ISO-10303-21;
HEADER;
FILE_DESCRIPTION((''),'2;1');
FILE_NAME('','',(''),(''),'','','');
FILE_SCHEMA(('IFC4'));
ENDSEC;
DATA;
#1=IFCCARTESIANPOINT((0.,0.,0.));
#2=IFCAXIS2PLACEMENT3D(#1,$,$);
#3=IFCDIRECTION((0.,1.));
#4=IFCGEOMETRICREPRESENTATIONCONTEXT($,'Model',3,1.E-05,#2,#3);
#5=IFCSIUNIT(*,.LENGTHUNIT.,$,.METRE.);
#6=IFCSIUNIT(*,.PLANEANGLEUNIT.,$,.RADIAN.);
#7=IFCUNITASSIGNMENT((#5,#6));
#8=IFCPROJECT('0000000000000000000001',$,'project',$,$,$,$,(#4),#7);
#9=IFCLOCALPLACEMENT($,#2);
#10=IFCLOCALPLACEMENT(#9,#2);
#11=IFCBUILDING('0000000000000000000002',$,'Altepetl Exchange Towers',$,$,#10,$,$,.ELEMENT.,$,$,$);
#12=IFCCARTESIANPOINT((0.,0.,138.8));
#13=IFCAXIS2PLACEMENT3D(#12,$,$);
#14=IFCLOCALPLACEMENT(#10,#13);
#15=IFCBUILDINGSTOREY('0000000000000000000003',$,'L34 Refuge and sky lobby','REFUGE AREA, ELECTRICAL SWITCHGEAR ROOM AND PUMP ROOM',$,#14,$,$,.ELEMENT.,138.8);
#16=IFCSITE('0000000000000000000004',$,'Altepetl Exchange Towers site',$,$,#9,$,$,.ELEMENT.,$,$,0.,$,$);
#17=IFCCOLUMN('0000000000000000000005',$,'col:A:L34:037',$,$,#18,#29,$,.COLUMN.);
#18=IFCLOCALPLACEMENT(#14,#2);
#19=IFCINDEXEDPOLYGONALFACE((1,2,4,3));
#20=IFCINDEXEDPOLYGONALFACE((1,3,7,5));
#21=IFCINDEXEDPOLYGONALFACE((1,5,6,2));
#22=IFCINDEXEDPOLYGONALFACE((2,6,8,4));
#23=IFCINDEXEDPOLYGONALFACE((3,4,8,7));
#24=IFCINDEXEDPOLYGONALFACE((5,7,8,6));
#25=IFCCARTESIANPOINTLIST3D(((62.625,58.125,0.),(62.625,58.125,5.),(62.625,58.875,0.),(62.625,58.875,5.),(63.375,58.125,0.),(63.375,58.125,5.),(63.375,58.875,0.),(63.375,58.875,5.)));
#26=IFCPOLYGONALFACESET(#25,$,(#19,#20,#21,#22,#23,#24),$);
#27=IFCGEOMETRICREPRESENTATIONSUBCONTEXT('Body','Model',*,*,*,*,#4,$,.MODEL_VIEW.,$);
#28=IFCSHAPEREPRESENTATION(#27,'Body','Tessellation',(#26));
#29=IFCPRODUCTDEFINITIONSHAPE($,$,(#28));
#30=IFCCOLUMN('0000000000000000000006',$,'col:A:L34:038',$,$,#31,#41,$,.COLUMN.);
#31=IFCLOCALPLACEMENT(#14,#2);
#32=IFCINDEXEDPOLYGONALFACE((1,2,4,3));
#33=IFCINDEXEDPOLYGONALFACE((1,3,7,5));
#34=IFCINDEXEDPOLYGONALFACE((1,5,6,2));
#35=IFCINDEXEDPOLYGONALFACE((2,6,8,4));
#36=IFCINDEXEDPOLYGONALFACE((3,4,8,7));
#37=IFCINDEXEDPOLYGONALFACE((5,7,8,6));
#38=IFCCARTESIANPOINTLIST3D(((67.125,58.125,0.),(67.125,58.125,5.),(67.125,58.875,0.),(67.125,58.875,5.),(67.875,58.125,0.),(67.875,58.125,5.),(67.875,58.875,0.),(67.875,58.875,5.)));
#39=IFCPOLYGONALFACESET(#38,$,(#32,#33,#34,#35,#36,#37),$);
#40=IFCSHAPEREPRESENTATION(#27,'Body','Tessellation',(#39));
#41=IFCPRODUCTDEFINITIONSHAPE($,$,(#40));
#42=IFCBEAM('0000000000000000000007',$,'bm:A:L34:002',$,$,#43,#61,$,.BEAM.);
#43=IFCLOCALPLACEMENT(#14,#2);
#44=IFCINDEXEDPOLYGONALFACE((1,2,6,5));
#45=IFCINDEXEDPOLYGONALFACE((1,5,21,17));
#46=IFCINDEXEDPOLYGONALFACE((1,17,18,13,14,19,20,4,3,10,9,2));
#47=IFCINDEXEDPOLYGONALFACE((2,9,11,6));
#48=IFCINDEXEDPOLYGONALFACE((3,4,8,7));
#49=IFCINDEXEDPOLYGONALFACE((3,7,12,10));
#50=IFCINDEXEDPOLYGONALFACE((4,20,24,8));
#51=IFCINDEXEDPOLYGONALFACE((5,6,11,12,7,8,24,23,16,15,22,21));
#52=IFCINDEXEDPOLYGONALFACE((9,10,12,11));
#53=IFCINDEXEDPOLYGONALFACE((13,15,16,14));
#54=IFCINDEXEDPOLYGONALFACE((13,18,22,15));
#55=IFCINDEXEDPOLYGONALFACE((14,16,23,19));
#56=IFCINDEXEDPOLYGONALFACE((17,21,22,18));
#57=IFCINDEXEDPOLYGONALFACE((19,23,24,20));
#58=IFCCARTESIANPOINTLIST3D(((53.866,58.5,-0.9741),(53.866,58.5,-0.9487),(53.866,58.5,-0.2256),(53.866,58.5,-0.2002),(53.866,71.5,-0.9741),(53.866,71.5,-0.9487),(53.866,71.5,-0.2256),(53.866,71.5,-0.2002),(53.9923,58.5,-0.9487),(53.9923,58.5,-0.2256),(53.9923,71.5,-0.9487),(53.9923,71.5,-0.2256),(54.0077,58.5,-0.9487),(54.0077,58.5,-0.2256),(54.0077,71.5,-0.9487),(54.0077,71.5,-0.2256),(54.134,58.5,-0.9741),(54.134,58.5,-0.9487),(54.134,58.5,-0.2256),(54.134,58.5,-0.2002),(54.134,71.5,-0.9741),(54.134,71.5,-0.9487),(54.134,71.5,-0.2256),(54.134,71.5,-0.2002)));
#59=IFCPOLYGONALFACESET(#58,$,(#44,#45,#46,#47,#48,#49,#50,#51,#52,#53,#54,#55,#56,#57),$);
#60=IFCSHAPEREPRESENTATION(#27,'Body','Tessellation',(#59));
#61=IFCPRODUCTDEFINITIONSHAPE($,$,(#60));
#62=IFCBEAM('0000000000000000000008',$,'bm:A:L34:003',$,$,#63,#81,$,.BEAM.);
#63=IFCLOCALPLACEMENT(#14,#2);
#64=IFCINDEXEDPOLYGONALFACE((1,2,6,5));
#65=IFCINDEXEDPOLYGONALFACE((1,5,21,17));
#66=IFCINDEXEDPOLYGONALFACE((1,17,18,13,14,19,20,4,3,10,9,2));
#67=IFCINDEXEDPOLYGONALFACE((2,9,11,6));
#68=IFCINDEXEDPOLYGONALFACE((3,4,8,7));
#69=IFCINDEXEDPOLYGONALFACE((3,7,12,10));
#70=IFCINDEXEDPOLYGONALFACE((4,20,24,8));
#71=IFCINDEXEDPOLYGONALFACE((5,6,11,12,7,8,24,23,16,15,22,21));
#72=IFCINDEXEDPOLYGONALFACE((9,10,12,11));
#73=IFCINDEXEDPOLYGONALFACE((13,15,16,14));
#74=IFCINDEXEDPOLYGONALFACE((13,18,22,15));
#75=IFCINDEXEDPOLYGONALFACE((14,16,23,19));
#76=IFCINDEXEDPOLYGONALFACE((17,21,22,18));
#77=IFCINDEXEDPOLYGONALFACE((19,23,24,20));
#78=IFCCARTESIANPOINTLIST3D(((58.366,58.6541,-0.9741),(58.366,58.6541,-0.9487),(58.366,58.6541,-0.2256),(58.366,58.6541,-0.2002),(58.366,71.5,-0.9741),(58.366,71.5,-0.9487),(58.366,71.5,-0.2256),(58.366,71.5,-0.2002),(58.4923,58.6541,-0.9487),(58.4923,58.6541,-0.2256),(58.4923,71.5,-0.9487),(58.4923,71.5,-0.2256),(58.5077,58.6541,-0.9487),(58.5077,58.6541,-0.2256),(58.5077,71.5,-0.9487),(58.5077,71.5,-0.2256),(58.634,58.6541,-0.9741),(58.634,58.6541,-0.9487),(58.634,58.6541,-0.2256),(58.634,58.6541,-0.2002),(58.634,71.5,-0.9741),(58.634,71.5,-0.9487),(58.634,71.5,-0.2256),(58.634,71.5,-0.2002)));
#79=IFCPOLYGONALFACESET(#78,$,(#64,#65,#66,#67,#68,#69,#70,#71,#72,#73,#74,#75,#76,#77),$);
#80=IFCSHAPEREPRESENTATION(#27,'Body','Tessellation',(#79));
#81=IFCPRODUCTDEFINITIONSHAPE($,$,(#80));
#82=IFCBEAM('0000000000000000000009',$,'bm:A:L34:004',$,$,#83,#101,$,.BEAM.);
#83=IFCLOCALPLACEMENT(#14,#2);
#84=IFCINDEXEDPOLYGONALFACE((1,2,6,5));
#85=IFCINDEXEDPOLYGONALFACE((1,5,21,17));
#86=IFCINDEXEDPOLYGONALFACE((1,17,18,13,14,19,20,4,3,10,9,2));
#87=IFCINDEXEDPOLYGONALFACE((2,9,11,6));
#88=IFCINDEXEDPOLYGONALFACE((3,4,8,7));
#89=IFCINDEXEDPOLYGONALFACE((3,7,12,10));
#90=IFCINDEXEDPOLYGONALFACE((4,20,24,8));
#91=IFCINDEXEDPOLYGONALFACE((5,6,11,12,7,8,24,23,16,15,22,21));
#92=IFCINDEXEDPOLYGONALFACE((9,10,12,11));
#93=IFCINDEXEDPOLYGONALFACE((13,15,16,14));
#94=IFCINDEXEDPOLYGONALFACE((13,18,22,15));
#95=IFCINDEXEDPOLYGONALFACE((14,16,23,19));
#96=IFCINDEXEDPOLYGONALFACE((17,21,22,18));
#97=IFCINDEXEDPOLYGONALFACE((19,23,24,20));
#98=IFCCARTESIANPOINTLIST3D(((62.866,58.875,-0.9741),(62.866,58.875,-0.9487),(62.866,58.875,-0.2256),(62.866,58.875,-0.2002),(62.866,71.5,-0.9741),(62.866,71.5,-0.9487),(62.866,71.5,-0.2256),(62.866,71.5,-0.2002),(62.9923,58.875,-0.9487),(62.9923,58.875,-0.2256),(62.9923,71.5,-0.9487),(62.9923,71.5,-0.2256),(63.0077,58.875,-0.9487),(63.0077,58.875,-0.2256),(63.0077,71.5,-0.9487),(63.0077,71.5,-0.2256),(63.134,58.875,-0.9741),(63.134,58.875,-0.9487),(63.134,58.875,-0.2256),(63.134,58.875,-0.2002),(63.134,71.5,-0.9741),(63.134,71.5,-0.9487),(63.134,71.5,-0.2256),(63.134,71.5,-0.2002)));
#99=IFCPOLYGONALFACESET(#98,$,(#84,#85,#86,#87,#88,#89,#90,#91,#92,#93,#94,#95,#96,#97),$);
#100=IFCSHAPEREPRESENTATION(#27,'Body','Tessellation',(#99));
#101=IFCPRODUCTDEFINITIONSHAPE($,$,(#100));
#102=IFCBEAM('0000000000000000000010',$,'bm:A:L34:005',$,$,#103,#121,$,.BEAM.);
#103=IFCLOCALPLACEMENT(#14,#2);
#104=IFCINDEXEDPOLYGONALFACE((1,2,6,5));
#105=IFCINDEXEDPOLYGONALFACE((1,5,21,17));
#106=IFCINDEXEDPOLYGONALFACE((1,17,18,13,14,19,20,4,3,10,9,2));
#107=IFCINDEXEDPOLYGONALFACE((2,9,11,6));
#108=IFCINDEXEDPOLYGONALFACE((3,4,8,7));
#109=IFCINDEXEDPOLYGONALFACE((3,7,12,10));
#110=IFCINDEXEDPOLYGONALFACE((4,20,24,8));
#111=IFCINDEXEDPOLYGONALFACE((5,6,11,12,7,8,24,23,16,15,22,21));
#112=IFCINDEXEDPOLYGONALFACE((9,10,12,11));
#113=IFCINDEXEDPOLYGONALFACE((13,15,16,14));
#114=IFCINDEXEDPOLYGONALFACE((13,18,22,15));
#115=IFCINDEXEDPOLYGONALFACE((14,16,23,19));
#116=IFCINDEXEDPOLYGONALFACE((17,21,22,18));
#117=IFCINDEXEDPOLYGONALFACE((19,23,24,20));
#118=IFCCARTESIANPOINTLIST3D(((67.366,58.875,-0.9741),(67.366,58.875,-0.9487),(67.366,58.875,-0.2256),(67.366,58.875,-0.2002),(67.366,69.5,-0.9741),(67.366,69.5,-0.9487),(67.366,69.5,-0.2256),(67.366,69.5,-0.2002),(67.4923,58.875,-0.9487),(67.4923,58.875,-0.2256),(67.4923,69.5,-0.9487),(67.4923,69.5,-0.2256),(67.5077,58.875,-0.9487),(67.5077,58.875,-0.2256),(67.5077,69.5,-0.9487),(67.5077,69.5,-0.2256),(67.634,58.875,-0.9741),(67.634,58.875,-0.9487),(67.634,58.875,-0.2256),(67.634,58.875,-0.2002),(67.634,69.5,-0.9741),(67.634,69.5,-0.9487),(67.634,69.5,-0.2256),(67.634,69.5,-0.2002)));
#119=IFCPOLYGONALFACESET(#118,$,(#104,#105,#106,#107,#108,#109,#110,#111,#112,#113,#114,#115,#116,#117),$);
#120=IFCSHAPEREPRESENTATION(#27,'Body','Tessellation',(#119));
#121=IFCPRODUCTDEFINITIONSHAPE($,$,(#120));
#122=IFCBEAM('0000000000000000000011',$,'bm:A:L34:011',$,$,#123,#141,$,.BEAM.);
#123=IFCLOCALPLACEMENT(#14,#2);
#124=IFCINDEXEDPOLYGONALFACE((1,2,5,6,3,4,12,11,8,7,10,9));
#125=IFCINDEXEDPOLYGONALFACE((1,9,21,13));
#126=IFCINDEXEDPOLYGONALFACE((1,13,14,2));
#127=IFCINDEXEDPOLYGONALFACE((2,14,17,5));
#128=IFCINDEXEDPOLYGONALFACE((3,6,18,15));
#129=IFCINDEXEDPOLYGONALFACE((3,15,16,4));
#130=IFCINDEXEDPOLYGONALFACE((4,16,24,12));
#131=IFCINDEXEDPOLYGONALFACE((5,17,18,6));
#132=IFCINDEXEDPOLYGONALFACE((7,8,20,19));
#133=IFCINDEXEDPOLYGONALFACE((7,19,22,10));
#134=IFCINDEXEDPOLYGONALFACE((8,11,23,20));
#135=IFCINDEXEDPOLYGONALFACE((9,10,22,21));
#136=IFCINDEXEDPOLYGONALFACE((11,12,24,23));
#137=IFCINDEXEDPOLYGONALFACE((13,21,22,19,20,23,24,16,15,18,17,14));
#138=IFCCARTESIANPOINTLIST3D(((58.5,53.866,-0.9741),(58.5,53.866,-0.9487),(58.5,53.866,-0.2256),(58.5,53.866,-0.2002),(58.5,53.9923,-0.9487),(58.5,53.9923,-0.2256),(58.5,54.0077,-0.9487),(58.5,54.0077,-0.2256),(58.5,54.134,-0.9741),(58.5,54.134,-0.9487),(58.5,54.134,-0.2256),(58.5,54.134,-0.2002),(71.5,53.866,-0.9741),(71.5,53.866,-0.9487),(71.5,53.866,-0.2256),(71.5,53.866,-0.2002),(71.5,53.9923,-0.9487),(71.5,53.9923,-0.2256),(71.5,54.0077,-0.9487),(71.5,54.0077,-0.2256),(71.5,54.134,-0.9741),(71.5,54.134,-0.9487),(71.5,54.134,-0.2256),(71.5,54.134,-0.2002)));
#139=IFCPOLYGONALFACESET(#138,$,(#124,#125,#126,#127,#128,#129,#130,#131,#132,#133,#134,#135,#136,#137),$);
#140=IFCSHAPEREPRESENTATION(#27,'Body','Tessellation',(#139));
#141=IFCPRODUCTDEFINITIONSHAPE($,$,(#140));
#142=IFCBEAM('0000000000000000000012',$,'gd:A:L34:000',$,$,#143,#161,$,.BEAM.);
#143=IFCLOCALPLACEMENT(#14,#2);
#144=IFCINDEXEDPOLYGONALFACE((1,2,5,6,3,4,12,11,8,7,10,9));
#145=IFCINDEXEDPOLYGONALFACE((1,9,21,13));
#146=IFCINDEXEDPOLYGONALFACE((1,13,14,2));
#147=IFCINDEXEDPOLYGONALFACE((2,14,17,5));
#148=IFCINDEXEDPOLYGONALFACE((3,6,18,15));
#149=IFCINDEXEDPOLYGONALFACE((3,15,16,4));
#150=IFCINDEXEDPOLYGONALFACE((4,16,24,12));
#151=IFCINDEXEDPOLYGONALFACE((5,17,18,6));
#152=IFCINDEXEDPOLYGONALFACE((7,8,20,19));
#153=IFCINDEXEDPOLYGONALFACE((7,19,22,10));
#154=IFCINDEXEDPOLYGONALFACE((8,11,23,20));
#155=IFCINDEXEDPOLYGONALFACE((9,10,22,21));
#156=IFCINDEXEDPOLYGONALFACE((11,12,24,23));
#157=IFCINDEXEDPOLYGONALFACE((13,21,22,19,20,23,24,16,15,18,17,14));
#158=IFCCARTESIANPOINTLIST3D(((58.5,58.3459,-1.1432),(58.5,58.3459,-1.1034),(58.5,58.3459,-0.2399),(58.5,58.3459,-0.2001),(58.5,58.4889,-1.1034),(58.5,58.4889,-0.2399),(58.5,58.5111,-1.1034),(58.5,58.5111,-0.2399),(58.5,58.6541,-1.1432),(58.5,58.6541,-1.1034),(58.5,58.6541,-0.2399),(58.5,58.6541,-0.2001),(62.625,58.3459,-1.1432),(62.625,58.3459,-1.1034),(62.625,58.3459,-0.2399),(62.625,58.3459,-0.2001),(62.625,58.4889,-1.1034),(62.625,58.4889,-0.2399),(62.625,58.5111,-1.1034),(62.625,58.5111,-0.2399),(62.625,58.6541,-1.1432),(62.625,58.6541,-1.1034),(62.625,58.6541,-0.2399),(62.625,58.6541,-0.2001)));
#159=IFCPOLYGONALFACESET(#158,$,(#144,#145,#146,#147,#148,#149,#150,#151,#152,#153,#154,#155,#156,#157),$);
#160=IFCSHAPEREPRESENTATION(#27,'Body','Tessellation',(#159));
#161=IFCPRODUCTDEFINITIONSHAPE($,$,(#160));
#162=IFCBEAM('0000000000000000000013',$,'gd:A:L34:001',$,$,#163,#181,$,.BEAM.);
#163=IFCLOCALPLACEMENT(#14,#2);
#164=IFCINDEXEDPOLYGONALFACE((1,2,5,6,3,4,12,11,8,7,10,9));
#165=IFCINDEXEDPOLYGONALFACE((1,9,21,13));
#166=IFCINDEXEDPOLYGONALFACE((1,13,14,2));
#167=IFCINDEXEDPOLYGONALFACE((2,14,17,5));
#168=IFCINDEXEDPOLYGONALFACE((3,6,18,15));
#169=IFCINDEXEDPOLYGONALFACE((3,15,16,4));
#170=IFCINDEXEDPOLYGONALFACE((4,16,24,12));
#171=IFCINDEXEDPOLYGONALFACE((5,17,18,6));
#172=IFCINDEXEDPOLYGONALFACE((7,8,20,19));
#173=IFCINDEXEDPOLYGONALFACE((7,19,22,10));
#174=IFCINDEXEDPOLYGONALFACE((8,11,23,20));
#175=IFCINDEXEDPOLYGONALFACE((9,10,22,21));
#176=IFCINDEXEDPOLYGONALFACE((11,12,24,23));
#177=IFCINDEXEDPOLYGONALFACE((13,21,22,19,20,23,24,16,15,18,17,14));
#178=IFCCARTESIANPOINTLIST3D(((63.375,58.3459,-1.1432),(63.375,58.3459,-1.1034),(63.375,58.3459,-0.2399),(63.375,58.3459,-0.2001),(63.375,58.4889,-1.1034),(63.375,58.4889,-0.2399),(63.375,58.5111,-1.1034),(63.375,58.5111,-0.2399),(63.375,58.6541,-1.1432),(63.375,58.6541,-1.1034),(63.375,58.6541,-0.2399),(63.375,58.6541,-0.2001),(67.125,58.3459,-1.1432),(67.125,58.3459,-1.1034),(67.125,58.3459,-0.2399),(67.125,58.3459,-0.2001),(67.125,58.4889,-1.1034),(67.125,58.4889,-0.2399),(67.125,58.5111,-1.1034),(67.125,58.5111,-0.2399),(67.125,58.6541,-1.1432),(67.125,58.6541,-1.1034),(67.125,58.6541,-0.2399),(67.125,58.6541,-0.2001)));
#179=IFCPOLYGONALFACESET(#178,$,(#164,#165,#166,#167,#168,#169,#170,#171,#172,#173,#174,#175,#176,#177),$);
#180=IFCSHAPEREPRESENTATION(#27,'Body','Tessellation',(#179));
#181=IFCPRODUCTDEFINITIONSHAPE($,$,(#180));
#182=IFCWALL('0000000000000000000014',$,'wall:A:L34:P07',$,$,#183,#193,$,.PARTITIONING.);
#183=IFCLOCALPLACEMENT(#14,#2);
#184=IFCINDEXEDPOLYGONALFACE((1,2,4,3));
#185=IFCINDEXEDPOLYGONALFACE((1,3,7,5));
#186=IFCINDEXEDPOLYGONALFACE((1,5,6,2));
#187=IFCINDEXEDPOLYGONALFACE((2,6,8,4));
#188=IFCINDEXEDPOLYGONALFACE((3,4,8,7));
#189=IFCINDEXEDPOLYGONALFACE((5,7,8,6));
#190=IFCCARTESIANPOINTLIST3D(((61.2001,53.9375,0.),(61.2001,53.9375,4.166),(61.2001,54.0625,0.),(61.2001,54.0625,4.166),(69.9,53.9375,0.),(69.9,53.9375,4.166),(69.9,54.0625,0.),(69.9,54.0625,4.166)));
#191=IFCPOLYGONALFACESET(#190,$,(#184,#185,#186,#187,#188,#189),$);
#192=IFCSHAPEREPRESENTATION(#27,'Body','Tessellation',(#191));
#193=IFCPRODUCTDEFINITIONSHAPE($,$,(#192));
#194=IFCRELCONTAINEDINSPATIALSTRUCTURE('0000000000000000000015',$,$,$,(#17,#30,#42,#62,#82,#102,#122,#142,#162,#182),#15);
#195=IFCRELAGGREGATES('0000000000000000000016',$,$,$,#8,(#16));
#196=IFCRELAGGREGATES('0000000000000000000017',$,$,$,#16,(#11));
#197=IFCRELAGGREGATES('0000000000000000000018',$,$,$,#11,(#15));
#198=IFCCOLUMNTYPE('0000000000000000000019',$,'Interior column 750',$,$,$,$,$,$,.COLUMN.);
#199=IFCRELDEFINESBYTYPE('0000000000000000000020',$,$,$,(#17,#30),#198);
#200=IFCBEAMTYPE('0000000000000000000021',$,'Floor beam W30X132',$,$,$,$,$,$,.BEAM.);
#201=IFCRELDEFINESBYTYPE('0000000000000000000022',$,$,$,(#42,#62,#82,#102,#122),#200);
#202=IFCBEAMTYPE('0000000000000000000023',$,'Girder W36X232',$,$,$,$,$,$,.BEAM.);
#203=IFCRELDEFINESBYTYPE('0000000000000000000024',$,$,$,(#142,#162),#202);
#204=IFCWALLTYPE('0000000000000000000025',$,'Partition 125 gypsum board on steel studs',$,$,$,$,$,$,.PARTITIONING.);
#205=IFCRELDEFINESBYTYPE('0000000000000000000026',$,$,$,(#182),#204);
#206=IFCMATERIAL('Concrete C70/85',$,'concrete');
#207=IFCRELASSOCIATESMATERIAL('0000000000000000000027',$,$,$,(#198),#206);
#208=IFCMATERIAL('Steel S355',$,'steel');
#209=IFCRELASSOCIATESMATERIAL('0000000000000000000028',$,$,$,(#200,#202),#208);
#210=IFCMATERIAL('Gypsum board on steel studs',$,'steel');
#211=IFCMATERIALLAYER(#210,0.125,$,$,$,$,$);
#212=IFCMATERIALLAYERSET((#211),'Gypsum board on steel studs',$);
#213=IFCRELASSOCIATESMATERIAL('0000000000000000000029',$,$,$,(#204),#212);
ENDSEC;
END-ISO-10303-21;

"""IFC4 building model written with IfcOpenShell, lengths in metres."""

from ifc_helpers import new_model, si_unit, direction, frame, frame_2d, origin, origin_2d, place, context, subcontext, project, spatial, rectangle, i_section, extrude, material, layer, layer_set, material_profile, profile_set, type_object, element, save


model = new_model("IFC4")

# Units and contexts
model_context = context("Model", 3, precision=1e-05, world=origin(), true_north=direction((0.0, 1.0)))
body_context = subcontext(model_context, "Body", "Model", "MODEL_VIEW")
ifc_project = project(units=[si_unit("LENGTHUNIT", "METRE"), si_unit("PLANEANGLEUNIT", "RADIAN")], contexts=[model_context])

# Site, building, storey
site_placement = place(None, origin())
site = spatial("IfcSite", under=ifc_project, at=site_placement, Name="Altepetl Exchange Towers site", CompositionType="ELEMENT", RefElevation=0.0)
building_placement = place(site_placement, origin())
building = spatial("IfcBuilding", under=site, at=building_placement, Name="Altepetl Exchange Towers", CompositionType="ELEMENT")
storey_placement = place(building_placement, frame((0.0, 0.0, 138.8)))
storey = spatial("IfcBuildingStorey", under=building, at=storey_placement, Name="L34 Refuge and sky lobby", Description="REFUGE AREA, ELECTRICAL SWITCHGEAR ROOM AND PUMP ROOM", CompositionType="ELEMENT", Elevation=138.8)

# Columns
ifc_material_1 = material(Name="Concrete C70/85", Category="concrete")
ifc_material_profile_1 = material_profile(ifc_material_1, rectangle(XDim=0.75, YDim=0.75, at=origin_2d()), Name="750 x 750")
ifc_profile_set_1 = profile_set([ifc_material_profile_1], Name="Concrete C70/85")
column_type = type_object("IfcColumnType", Name="Interior column 750", PredefinedType="COLUMN", material=ifc_profile_set_1)
for number, where, name in (
    (1, (63.0, 58.5, 0.0), "col:A:L34:037"),
    (2, (67.5, 58.5, 0.0), "col:A:L34:038"),
):
    element("IfcColumn", number, at=place(storey_placement, frame(where)), inside=storey, type_object=column_type, Name=name, PredefinedType="COLUMN", context=body_context, shape_type="SweptSolid", body=[
        extrude(rectangle(XDim=0.75, YDim=0.75, at=origin_2d()), origin(), (0.0, 0.0, 1.0), 5.0),
    ])

# Beams
ifc_material_2 = material(Name="Steel S355", Category="steel")
ifc_material_profile_2 = material_profile(ifc_material_2, i_section(OverallWidth=0.2681, OverallDepth=0.7739, WebThickness=0.0154, FlangeThickness=0.0254, at=origin_2d()), Name="W30X132")
ifc_profile_set_2 = profile_set([ifc_material_profile_2], Name="Steel S355")
beam_type_1 = type_object("IfcBeamType", Name="Floor beam W30X132", PredefinedType="BEAM", material=ifc_profile_set_2)
beam_1_placement = place(storey_placement, frame((54.0, 58.5, -0.5872), z_axis=(0.0, 1.0, 0.0), x_axis=(-1.0, 0.0, 0.0)))
element("IfcBeam", 3, at=beam_1_placement, inside=storey, type_object=beam_type_1, Name="bm:A:L34:002", PredefinedType="BEAM", context=body_context, shape_type="SweptSolid", body=[
    extrude(i_section(OverallWidth=0.2681, OverallDepth=0.7739, WebThickness=0.0154, FlangeThickness=0.0254, at=origin_2d()), origin(), (0.0, 0.0, 1.0), 13.0),
])
beam_2_placement = place(storey_placement, frame((58.5, 58.6541, -0.5872), z_axis=(0.0, 1.0, 0.0), x_axis=(-1.0, 0.0, 0.0)))
element("IfcBeam", 4, at=beam_2_placement, inside=storey, type_object=beam_type_1, Name="bm:A:L34:003", PredefinedType="BEAM", context=body_context, shape_type="SweptSolid", body=[
    extrude(i_section(OverallWidth=0.2681, OverallDepth=0.7739, WebThickness=0.0154, FlangeThickness=0.0254, at=origin_2d()), origin(), (0.0, 0.0, 1.0), 12.8459),
])
beam_3_placement = place(storey_placement, frame((63.0, 58.875, -0.5872), z_axis=(0.0, 1.0, 0.0), x_axis=(-1.0, 0.0, 0.0)))
element("IfcBeam", 5, at=beam_3_placement, inside=storey, type_object=beam_type_1, Name="bm:A:L34:004", PredefinedType="BEAM", context=body_context, shape_type="SweptSolid", body=[
    extrude(i_section(OverallWidth=0.2681, OverallDepth=0.7739, WebThickness=0.0154, FlangeThickness=0.0254, at=origin_2d()), origin(), (0.0, 0.0, 1.0), 12.625),
])
beam_4_placement = place(storey_placement, frame((67.5, 58.875, -0.5872), z_axis=(0.0, 1.0, 0.0), x_axis=(-1.0, 0.0, 0.0)))
element("IfcBeam", 6, at=beam_4_placement, inside=storey, type_object=beam_type_1, Name="bm:A:L34:005", PredefinedType="BEAM", context=body_context, shape_type="SweptSolid", body=[
    extrude(i_section(OverallWidth=0.2681, OverallDepth=0.7739, WebThickness=0.0154, FlangeThickness=0.0254, at=origin_2d()), origin(), (0.0, 0.0, 1.0), 10.625),
])
beam_5_placement = place(storey_placement, frame((58.5, 54.0, -0.5872), z_axis=(1.0, 0.0, 0.0), x_axis=(0.0, 1.0, 0.0)))
element("IfcBeam", 7, at=beam_5_placement, inside=storey, type_object=beam_type_1, Name="bm:A:L34:011", PredefinedType="BEAM", context=body_context, shape_type="SweptSolid", body=[
    extrude(i_section(OverallWidth=0.2681, OverallDepth=0.7739, WebThickness=0.0154, FlangeThickness=0.0254, at=origin_2d()), origin(), (0.0, 0.0, 1.0), 13.0),
])
ifc_material_profile_3 = material_profile(ifc_material_2, i_section(OverallWidth=0.3081, OverallDepth=0.9431, WebThickness=0.0222, FlangeThickness=0.0398, at=origin_2d()), Name="W36X232")
ifc_profile_set_3 = profile_set([ifc_material_profile_3], Name="Steel S355")
beam_type_2 = type_object("IfcBeamType", Name="Girder W36X232", PredefinedType="BEAM", material=ifc_profile_set_3)
beam_6_placement = place(storey_placement, frame((58.5, 58.5, -0.6716), z_axis=(1.0, 0.0, 0.0), x_axis=(0.0, 1.0, 0.0)))
element("IfcBeam", 8, at=beam_6_placement, inside=storey, type_object=beam_type_2, Name="gd:A:L34:000", PredefinedType="BEAM", context=body_context, shape_type="SweptSolid", body=[
    extrude(i_section(OverallWidth=0.3081, OverallDepth=0.9431, WebThickness=0.0222, FlangeThickness=0.0398, at=origin_2d()), origin(), (0.0, 0.0, 1.0), 4.125),
])
beam_7_placement = place(storey_placement, frame((63.375, 58.5, -0.6716), z_axis=(1.0, 0.0, 0.0), x_axis=(0.0, 1.0, 0.0)))
element("IfcBeam", 9, at=beam_7_placement, inside=storey, type_object=beam_type_2, Name="gd:A:L34:001", PredefinedType="BEAM", context=body_context, shape_type="SweptSolid", body=[
    extrude(i_section(OverallWidth=0.3081, OverallDepth=0.9431, WebThickness=0.0222, FlangeThickness=0.0398, at=origin_2d()), origin(), (0.0, 0.0, 1.0), 3.75),
])

# Wall
ifc_material_3 = material(Name="Gypsum board on steel studs", Category="steel")
ifc_layer_1 = layer(ifc_material_3, 0.125)
ifc_layer_set_1 = layer_set([ifc_layer_1], Name="Gypsum board on steel studs")
wall_type_1 = type_object("IfcWallType", Name="Partition 125 gypsum board on steel studs", PredefinedType="PARTITIONING", material=ifc_layer_set_1)
wall_1_placement = place(storey_placement, frame((61.2, 54.0, 0.0)))
element("IfcWall", 10, at=wall_1_placement, inside=storey, type_object=wall_type_1, Name="wall:A:L34:P07", PredefinedType="PARTITIONING", context=body_context, shape_type="SweptSolid", body=[
    extrude(rectangle(XDim=8.7, YDim=0.125, at=frame_2d((4.3501, 0.0))), origin(), (0.0, 0.0, 1.0), 4.166),
])

save(model, "model.ifc")
